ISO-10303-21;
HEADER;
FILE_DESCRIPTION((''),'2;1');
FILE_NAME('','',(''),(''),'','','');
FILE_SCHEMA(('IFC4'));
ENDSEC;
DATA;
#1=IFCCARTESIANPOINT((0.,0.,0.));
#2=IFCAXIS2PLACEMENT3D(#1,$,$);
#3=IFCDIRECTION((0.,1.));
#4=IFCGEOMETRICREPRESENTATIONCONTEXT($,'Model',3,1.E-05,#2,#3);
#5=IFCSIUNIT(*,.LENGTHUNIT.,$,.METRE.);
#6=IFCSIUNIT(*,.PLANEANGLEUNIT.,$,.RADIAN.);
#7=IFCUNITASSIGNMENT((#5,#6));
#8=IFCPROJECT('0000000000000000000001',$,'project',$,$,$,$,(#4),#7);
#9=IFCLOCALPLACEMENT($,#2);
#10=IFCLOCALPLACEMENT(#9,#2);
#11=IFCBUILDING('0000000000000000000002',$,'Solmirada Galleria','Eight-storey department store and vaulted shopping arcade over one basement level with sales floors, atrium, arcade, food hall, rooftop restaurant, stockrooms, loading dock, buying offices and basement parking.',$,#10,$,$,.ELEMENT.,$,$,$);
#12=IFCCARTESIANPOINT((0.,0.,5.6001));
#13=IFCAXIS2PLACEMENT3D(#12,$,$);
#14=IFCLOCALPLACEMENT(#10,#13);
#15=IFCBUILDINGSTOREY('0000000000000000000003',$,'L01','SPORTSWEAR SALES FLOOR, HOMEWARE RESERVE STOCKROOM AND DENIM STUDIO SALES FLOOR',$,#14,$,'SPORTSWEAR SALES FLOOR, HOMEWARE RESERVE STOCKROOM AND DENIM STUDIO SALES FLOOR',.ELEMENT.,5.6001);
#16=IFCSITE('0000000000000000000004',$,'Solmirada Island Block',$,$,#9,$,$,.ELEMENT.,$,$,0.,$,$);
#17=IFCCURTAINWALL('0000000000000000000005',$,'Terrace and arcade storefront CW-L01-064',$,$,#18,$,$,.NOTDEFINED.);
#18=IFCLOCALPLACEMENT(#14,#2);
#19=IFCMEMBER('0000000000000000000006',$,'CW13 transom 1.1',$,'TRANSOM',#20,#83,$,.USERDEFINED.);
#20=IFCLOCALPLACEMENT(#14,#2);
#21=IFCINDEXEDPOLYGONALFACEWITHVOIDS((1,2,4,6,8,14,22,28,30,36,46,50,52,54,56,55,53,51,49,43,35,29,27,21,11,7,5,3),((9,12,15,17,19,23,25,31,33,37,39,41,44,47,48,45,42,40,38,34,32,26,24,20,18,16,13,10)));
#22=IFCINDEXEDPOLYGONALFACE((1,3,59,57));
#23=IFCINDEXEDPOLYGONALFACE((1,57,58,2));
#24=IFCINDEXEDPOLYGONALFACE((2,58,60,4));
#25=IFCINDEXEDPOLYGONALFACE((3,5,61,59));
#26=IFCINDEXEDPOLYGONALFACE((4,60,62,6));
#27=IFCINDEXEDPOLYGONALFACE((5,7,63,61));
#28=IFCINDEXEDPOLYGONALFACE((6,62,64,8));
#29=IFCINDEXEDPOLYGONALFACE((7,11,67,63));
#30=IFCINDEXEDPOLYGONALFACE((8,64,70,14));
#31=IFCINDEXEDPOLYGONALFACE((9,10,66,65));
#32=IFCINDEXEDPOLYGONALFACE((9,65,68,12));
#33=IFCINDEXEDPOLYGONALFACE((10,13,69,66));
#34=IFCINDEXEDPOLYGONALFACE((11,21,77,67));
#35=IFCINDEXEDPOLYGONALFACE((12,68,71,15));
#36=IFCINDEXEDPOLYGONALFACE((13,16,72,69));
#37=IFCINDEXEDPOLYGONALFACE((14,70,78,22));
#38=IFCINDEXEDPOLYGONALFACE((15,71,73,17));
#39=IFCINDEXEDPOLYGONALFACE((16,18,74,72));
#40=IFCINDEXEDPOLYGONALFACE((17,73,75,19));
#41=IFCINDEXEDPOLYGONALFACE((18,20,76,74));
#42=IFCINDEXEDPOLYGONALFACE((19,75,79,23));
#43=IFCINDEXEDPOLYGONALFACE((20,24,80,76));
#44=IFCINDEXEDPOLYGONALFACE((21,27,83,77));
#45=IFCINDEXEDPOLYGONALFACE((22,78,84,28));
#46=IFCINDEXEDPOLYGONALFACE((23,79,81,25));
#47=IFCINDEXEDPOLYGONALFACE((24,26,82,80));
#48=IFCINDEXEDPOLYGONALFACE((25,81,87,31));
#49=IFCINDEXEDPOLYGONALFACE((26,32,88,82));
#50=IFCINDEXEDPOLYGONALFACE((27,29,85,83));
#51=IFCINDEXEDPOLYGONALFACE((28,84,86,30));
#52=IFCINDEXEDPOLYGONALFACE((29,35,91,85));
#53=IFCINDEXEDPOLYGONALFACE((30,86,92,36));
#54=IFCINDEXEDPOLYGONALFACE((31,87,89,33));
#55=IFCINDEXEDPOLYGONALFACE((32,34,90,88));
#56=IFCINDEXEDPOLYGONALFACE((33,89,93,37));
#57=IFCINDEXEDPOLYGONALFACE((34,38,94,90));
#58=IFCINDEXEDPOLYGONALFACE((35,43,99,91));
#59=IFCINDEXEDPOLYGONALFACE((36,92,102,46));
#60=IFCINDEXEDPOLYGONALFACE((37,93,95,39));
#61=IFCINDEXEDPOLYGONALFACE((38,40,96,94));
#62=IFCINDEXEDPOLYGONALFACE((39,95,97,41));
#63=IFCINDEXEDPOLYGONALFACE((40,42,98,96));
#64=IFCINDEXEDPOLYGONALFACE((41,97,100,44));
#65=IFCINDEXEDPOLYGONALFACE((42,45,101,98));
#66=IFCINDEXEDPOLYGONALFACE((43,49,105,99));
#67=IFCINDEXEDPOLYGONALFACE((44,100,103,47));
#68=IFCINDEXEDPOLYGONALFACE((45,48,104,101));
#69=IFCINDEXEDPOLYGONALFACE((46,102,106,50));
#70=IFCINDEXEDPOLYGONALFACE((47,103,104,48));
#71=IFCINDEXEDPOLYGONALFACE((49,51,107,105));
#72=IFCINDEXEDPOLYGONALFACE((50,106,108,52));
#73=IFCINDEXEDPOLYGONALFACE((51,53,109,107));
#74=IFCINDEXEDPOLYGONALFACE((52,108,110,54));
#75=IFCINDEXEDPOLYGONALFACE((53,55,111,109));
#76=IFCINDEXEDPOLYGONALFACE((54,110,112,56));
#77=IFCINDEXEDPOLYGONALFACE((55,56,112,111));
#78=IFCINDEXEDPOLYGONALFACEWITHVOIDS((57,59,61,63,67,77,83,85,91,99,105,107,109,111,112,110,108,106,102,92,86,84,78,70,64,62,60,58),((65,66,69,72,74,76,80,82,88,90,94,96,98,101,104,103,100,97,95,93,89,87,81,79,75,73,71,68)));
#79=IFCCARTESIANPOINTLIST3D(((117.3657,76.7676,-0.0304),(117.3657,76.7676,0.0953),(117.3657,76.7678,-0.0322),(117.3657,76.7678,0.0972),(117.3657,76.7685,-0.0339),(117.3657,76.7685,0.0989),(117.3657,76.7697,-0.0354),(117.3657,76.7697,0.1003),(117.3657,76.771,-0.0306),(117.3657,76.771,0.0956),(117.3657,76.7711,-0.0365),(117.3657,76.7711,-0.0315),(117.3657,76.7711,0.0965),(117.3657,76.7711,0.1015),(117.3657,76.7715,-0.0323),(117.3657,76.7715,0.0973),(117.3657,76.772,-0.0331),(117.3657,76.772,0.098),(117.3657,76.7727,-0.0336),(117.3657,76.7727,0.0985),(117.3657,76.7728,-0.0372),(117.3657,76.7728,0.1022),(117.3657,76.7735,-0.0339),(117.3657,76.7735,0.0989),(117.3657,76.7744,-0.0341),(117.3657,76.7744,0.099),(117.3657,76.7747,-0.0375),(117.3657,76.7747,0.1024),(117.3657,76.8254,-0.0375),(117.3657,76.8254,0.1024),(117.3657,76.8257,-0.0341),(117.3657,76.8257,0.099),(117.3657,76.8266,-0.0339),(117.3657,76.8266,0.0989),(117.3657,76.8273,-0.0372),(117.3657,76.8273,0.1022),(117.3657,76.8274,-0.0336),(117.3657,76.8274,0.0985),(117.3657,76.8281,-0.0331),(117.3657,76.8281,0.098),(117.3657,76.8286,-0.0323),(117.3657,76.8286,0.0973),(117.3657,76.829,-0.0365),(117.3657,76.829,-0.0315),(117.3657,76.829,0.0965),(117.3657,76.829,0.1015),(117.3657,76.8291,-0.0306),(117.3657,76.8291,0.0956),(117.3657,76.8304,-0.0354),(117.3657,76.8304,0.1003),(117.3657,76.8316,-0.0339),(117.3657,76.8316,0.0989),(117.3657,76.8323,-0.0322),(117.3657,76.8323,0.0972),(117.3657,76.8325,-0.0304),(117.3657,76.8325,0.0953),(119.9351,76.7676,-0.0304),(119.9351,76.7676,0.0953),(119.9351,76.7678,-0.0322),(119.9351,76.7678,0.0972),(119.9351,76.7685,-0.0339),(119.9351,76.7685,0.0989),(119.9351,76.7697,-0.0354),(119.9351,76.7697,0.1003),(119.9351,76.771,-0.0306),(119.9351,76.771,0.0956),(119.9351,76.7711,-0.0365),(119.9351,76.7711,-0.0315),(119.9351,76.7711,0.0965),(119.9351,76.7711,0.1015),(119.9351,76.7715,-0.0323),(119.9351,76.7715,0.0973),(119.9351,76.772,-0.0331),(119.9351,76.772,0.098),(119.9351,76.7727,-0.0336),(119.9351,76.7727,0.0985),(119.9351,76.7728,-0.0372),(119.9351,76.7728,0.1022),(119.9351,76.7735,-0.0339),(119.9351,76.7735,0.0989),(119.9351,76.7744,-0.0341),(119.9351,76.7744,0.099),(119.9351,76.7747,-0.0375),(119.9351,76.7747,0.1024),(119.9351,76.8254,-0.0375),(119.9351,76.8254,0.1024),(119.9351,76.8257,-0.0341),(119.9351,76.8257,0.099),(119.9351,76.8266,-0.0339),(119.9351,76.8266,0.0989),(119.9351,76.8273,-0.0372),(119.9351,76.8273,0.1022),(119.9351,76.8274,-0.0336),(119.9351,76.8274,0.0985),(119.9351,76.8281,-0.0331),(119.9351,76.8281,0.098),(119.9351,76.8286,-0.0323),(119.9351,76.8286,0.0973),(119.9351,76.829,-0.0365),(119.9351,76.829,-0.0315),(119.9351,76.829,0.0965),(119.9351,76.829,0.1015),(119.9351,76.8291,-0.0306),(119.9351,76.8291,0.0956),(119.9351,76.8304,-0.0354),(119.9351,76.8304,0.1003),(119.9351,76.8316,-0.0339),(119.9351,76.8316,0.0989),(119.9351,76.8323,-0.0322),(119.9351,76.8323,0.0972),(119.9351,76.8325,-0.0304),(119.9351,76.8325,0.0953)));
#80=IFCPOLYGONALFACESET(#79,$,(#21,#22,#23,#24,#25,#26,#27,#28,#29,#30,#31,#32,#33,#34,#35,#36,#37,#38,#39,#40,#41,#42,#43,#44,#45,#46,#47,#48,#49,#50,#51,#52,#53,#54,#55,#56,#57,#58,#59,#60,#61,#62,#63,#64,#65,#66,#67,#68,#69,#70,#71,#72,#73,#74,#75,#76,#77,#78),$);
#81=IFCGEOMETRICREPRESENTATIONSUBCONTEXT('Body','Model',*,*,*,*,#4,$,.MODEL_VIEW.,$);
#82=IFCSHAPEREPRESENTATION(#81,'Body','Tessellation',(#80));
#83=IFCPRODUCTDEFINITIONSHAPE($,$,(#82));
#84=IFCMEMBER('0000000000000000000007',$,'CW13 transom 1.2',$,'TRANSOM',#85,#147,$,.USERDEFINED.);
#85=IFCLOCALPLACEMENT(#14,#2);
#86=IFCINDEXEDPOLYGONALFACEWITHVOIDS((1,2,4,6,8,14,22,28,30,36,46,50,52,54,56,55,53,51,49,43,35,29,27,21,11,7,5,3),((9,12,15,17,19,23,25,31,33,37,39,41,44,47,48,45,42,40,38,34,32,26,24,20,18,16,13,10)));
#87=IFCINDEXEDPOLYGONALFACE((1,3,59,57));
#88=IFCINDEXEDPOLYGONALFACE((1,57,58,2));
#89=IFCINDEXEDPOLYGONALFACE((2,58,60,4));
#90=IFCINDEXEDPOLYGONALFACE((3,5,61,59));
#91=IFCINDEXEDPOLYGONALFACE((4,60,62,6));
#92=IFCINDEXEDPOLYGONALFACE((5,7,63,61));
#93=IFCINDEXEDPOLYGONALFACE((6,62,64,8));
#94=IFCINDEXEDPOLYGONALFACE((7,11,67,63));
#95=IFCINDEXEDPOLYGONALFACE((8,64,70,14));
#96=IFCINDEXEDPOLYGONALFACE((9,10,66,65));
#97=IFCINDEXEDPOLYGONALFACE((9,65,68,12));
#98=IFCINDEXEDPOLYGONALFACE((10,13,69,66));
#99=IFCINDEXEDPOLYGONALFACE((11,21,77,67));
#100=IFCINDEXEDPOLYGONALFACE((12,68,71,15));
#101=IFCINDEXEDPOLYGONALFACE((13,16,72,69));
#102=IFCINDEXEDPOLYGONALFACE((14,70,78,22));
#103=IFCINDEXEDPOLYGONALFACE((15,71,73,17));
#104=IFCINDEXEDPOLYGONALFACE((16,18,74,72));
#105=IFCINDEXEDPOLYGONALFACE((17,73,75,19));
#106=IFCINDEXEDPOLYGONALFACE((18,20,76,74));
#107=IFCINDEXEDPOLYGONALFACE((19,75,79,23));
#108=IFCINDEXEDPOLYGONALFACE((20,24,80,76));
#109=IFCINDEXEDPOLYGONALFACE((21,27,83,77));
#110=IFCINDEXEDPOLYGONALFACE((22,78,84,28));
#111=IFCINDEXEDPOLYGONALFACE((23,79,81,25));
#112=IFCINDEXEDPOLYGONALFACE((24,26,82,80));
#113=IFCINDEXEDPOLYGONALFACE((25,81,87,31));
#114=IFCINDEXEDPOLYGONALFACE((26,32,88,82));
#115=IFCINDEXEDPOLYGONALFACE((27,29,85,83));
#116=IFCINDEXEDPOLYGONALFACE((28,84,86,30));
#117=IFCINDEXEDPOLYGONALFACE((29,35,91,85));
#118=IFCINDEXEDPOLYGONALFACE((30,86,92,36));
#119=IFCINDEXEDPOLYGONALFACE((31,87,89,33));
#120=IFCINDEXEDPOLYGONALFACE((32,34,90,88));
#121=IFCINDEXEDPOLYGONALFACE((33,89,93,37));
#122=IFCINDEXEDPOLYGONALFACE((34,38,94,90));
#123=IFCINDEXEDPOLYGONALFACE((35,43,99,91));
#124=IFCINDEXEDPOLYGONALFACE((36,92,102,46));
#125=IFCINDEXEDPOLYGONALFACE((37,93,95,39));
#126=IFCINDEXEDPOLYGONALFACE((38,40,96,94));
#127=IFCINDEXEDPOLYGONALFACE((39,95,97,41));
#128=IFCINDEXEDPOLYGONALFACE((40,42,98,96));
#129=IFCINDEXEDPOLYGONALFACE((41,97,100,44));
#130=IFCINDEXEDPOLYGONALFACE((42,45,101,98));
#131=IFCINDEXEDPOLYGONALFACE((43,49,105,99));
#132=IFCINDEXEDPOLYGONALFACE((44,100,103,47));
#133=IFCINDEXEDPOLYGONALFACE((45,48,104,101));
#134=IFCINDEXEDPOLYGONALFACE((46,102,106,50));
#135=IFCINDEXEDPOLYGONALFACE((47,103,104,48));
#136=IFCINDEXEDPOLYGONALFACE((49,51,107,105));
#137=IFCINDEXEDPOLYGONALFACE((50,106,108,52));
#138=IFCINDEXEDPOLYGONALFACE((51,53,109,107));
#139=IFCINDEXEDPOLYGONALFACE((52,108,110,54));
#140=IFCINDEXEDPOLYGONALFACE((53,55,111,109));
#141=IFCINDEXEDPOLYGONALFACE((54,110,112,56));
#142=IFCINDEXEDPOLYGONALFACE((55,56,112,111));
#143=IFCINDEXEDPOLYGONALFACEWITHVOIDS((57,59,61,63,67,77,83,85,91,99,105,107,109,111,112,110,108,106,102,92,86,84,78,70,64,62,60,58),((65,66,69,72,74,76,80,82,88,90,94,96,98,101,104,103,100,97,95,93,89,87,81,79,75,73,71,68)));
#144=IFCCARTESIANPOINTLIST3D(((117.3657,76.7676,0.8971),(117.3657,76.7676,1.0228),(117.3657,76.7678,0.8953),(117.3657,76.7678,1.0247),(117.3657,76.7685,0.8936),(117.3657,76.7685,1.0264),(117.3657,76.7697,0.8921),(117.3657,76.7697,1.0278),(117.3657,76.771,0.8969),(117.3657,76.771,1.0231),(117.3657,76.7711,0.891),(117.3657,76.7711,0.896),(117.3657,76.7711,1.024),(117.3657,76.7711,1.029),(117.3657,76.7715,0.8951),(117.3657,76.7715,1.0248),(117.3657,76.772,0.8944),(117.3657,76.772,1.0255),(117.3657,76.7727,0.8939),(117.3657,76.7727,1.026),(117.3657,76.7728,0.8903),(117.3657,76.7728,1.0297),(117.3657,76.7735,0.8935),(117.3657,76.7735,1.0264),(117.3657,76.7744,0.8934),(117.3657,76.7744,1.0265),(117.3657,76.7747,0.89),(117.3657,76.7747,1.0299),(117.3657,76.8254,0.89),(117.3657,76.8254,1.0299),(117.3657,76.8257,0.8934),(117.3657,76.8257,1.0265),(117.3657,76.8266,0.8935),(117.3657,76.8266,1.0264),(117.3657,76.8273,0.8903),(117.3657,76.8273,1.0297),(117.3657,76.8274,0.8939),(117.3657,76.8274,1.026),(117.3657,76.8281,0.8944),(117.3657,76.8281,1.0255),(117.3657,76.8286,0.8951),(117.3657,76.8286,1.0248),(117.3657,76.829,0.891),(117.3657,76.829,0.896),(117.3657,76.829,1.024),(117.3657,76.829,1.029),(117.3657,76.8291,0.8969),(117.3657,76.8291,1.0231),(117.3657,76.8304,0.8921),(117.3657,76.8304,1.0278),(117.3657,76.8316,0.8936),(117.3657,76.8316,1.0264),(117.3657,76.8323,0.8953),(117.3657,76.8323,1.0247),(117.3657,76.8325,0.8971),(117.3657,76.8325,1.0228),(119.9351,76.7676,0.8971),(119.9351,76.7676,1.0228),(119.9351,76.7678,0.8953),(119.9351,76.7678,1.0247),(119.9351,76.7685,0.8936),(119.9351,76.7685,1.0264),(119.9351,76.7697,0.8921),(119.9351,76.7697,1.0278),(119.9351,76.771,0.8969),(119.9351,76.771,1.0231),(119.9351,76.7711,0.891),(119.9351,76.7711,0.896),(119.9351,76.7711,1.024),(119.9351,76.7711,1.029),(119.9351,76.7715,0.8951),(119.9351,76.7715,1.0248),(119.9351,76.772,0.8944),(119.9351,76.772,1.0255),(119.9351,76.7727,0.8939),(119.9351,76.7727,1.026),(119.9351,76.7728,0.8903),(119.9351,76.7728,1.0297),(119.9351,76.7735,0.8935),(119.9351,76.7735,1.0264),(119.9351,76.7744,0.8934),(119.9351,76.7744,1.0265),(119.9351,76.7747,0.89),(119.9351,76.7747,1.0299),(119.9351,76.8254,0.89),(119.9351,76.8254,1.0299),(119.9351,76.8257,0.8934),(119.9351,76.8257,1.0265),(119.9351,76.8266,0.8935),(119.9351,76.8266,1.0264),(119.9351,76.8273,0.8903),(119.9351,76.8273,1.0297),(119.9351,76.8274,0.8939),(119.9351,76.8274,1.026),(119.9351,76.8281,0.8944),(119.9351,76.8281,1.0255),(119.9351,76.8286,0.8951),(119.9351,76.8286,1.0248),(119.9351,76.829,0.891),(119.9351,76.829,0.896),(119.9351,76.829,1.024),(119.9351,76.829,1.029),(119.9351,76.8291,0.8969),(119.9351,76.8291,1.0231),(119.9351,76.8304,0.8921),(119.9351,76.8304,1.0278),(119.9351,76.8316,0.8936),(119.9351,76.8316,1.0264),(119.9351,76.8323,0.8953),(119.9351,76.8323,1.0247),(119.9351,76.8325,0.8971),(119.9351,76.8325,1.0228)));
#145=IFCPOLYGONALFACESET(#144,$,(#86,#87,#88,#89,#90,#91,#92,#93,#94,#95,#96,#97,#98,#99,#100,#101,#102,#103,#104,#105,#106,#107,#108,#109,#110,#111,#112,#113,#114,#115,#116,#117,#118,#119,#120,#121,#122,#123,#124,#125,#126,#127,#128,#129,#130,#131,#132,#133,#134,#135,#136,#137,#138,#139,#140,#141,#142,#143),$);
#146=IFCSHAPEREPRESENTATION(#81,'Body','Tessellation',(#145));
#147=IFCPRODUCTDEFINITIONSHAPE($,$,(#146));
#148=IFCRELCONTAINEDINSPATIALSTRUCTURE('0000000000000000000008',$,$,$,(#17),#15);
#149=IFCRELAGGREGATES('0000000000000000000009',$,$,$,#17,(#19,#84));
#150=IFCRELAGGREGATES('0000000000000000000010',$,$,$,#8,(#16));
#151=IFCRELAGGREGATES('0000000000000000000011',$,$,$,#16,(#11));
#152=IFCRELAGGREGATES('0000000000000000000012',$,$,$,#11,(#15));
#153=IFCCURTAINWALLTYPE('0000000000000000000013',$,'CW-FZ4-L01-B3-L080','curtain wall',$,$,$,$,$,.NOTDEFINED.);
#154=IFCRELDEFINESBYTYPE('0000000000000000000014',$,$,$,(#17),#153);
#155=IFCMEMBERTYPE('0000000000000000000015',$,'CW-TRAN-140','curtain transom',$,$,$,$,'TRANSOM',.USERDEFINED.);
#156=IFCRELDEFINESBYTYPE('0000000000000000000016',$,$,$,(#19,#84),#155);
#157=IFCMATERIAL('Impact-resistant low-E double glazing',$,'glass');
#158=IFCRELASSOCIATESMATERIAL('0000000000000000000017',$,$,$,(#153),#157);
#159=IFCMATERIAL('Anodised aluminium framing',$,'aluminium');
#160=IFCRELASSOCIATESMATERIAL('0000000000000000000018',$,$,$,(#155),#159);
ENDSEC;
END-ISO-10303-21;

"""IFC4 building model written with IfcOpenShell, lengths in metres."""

from ifc_helpers import new_model, si_unit, direction, frame, origin, origin_2d, place, context, subcontext, project, spatial, hollow_rectangle, extrude, material, material_profile, profile_set, type_object, element, aggregate, save


model = new_model("IFC4")

# Units and contexts
model_context = context("Model", 3, precision=1e-05, world=origin(), true_north=direction((0.0, 1.0)))
body_context = subcontext(model_context, "Body", "Model", "MODEL_VIEW")
ifc_project = project(units=[si_unit("LENGTHUNIT", "METRE"), si_unit("PLANEANGLEUNIT", "RADIAN")], contexts=[model_context])

# Site, building, storey
site_placement = place(None, origin())
site = spatial("IfcSite", under=ifc_project, at=site_placement, Name="Solmirada Island Block", CompositionType="ELEMENT", RefElevation=0.0)
building_placement = place(site_placement, origin())
building = spatial("IfcBuilding", under=site, at=building_placement, Name="Solmirada Galleria", Description="Eight-storey department store and vaulted shopping arcade over one basement level with sales floors, atrium, arcade, food hall, rooftop restaurant, stockrooms, loading dock, buying offices and basement parking.", CompositionType="ELEMENT")
storey_placement = place(building_placement, frame((0.0, 0.0, 5.6001)))
storey = spatial("IfcBuildingStorey", under=building, at=storey_placement, Name="L01", Description="SPORTSWEAR SALES FLOOR, HOMEWARE RESERVE STOCKROOM AND DENIM STUDIO SALES FLOOR", LongName="SPORTSWEAR SALES FLOOR, HOMEWARE RESERVE STOCKROOM AND DENIM STUDIO SALES FLOOR", CompositionType="ELEMENT", Elevation=5.6001)

# Curtain wall
ifc_material_1 = material(Name="Impact-resistant low-E double glazing", Category="glass")
curtain_wall_type_1 = type_object("IfcCurtainWallType", Name="CW-FZ4-L01-B3-L080", Description="curtain wall", PredefinedType="NOTDEFINED", material=ifc_material_1)
curtain_wall_1_placement = place(storey_placement, origin())
curtain_wall_1 = element("IfcCurtainWall", 1, at=curtain_wall_1_placement, inside=storey, type_object=curtain_wall_type_1, Name="Terrace and arcade storefront CW-L01-064", PredefinedType="NOTDEFINED")
ifc_material_2 = material(Name="Anodised aluminium framing", Category="aluminium")
ifc_material_profile_1 = material_profile(ifc_material_2, hollow_rectangle(XDim=0.0649, YDim=0.1399, WallThickness=0.0034, InnerFilletRadius=0.0034, OuterFilletRadius=0.0071, at=origin_2d()), Name="ALU-TRAN-140X65")
ifc_profile_set_1 = profile_set([ifc_material_profile_1], Name="Anodised aluminium framing")
member_type_1 = type_object("IfcMemberType", Name="CW-TRAN-140", Description="curtain transom", ElementType="TRANSOM", PredefinedType="USERDEFINED", material=ifc_profile_set_1)

# Members
member_1_placement = place(storey_placement, frame((119.9351, 76.8, 0.0325), z_axis=(-1.0, 0.0, 0.0), x_axis=(0.0, -1.0, 0.0)))
member_1 = element("IfcMember", 2, at=member_1_placement, type_object=member_type_1, Name="CW13 transom 1.1", ObjectType="TRANSOM", PredefinedType="USERDEFINED", context=body_context, shape_type="SweptSolid", body=[
    extrude(hollow_rectangle(XDim=0.0649, YDim=0.1399, WallThickness=0.0034, InnerFilletRadius=0.0034, OuterFilletRadius=0.0071, at=origin_2d()), origin(), (0.0, 0.0, 1.0), 2.5693),
])
member_2_placement = place(storey_placement, frame((119.9351, 76.8, 0.96), z_axis=(-1.0, 0.0, 0.0), x_axis=(0.0, -1.0, 0.0)))
member_2 = element("IfcMember", 3, at=member_2_placement, type_object=member_type_1, Name="CW13 transom 1.2", ObjectType="TRANSOM", PredefinedType="USERDEFINED", context=body_context, shape_type="SweptSolid", body=[
    extrude(hollow_rectangle(XDim=0.0649, YDim=0.1399, WallThickness=0.0034, InnerFilletRadius=0.0034, OuterFilletRadius=0.0071, at=origin_2d()), origin(), (0.0, 0.0, 1.0), 2.5693),
])

aggregate(curtain_wall_1, [member_1, member_2])

save(model, "model.ifc")
